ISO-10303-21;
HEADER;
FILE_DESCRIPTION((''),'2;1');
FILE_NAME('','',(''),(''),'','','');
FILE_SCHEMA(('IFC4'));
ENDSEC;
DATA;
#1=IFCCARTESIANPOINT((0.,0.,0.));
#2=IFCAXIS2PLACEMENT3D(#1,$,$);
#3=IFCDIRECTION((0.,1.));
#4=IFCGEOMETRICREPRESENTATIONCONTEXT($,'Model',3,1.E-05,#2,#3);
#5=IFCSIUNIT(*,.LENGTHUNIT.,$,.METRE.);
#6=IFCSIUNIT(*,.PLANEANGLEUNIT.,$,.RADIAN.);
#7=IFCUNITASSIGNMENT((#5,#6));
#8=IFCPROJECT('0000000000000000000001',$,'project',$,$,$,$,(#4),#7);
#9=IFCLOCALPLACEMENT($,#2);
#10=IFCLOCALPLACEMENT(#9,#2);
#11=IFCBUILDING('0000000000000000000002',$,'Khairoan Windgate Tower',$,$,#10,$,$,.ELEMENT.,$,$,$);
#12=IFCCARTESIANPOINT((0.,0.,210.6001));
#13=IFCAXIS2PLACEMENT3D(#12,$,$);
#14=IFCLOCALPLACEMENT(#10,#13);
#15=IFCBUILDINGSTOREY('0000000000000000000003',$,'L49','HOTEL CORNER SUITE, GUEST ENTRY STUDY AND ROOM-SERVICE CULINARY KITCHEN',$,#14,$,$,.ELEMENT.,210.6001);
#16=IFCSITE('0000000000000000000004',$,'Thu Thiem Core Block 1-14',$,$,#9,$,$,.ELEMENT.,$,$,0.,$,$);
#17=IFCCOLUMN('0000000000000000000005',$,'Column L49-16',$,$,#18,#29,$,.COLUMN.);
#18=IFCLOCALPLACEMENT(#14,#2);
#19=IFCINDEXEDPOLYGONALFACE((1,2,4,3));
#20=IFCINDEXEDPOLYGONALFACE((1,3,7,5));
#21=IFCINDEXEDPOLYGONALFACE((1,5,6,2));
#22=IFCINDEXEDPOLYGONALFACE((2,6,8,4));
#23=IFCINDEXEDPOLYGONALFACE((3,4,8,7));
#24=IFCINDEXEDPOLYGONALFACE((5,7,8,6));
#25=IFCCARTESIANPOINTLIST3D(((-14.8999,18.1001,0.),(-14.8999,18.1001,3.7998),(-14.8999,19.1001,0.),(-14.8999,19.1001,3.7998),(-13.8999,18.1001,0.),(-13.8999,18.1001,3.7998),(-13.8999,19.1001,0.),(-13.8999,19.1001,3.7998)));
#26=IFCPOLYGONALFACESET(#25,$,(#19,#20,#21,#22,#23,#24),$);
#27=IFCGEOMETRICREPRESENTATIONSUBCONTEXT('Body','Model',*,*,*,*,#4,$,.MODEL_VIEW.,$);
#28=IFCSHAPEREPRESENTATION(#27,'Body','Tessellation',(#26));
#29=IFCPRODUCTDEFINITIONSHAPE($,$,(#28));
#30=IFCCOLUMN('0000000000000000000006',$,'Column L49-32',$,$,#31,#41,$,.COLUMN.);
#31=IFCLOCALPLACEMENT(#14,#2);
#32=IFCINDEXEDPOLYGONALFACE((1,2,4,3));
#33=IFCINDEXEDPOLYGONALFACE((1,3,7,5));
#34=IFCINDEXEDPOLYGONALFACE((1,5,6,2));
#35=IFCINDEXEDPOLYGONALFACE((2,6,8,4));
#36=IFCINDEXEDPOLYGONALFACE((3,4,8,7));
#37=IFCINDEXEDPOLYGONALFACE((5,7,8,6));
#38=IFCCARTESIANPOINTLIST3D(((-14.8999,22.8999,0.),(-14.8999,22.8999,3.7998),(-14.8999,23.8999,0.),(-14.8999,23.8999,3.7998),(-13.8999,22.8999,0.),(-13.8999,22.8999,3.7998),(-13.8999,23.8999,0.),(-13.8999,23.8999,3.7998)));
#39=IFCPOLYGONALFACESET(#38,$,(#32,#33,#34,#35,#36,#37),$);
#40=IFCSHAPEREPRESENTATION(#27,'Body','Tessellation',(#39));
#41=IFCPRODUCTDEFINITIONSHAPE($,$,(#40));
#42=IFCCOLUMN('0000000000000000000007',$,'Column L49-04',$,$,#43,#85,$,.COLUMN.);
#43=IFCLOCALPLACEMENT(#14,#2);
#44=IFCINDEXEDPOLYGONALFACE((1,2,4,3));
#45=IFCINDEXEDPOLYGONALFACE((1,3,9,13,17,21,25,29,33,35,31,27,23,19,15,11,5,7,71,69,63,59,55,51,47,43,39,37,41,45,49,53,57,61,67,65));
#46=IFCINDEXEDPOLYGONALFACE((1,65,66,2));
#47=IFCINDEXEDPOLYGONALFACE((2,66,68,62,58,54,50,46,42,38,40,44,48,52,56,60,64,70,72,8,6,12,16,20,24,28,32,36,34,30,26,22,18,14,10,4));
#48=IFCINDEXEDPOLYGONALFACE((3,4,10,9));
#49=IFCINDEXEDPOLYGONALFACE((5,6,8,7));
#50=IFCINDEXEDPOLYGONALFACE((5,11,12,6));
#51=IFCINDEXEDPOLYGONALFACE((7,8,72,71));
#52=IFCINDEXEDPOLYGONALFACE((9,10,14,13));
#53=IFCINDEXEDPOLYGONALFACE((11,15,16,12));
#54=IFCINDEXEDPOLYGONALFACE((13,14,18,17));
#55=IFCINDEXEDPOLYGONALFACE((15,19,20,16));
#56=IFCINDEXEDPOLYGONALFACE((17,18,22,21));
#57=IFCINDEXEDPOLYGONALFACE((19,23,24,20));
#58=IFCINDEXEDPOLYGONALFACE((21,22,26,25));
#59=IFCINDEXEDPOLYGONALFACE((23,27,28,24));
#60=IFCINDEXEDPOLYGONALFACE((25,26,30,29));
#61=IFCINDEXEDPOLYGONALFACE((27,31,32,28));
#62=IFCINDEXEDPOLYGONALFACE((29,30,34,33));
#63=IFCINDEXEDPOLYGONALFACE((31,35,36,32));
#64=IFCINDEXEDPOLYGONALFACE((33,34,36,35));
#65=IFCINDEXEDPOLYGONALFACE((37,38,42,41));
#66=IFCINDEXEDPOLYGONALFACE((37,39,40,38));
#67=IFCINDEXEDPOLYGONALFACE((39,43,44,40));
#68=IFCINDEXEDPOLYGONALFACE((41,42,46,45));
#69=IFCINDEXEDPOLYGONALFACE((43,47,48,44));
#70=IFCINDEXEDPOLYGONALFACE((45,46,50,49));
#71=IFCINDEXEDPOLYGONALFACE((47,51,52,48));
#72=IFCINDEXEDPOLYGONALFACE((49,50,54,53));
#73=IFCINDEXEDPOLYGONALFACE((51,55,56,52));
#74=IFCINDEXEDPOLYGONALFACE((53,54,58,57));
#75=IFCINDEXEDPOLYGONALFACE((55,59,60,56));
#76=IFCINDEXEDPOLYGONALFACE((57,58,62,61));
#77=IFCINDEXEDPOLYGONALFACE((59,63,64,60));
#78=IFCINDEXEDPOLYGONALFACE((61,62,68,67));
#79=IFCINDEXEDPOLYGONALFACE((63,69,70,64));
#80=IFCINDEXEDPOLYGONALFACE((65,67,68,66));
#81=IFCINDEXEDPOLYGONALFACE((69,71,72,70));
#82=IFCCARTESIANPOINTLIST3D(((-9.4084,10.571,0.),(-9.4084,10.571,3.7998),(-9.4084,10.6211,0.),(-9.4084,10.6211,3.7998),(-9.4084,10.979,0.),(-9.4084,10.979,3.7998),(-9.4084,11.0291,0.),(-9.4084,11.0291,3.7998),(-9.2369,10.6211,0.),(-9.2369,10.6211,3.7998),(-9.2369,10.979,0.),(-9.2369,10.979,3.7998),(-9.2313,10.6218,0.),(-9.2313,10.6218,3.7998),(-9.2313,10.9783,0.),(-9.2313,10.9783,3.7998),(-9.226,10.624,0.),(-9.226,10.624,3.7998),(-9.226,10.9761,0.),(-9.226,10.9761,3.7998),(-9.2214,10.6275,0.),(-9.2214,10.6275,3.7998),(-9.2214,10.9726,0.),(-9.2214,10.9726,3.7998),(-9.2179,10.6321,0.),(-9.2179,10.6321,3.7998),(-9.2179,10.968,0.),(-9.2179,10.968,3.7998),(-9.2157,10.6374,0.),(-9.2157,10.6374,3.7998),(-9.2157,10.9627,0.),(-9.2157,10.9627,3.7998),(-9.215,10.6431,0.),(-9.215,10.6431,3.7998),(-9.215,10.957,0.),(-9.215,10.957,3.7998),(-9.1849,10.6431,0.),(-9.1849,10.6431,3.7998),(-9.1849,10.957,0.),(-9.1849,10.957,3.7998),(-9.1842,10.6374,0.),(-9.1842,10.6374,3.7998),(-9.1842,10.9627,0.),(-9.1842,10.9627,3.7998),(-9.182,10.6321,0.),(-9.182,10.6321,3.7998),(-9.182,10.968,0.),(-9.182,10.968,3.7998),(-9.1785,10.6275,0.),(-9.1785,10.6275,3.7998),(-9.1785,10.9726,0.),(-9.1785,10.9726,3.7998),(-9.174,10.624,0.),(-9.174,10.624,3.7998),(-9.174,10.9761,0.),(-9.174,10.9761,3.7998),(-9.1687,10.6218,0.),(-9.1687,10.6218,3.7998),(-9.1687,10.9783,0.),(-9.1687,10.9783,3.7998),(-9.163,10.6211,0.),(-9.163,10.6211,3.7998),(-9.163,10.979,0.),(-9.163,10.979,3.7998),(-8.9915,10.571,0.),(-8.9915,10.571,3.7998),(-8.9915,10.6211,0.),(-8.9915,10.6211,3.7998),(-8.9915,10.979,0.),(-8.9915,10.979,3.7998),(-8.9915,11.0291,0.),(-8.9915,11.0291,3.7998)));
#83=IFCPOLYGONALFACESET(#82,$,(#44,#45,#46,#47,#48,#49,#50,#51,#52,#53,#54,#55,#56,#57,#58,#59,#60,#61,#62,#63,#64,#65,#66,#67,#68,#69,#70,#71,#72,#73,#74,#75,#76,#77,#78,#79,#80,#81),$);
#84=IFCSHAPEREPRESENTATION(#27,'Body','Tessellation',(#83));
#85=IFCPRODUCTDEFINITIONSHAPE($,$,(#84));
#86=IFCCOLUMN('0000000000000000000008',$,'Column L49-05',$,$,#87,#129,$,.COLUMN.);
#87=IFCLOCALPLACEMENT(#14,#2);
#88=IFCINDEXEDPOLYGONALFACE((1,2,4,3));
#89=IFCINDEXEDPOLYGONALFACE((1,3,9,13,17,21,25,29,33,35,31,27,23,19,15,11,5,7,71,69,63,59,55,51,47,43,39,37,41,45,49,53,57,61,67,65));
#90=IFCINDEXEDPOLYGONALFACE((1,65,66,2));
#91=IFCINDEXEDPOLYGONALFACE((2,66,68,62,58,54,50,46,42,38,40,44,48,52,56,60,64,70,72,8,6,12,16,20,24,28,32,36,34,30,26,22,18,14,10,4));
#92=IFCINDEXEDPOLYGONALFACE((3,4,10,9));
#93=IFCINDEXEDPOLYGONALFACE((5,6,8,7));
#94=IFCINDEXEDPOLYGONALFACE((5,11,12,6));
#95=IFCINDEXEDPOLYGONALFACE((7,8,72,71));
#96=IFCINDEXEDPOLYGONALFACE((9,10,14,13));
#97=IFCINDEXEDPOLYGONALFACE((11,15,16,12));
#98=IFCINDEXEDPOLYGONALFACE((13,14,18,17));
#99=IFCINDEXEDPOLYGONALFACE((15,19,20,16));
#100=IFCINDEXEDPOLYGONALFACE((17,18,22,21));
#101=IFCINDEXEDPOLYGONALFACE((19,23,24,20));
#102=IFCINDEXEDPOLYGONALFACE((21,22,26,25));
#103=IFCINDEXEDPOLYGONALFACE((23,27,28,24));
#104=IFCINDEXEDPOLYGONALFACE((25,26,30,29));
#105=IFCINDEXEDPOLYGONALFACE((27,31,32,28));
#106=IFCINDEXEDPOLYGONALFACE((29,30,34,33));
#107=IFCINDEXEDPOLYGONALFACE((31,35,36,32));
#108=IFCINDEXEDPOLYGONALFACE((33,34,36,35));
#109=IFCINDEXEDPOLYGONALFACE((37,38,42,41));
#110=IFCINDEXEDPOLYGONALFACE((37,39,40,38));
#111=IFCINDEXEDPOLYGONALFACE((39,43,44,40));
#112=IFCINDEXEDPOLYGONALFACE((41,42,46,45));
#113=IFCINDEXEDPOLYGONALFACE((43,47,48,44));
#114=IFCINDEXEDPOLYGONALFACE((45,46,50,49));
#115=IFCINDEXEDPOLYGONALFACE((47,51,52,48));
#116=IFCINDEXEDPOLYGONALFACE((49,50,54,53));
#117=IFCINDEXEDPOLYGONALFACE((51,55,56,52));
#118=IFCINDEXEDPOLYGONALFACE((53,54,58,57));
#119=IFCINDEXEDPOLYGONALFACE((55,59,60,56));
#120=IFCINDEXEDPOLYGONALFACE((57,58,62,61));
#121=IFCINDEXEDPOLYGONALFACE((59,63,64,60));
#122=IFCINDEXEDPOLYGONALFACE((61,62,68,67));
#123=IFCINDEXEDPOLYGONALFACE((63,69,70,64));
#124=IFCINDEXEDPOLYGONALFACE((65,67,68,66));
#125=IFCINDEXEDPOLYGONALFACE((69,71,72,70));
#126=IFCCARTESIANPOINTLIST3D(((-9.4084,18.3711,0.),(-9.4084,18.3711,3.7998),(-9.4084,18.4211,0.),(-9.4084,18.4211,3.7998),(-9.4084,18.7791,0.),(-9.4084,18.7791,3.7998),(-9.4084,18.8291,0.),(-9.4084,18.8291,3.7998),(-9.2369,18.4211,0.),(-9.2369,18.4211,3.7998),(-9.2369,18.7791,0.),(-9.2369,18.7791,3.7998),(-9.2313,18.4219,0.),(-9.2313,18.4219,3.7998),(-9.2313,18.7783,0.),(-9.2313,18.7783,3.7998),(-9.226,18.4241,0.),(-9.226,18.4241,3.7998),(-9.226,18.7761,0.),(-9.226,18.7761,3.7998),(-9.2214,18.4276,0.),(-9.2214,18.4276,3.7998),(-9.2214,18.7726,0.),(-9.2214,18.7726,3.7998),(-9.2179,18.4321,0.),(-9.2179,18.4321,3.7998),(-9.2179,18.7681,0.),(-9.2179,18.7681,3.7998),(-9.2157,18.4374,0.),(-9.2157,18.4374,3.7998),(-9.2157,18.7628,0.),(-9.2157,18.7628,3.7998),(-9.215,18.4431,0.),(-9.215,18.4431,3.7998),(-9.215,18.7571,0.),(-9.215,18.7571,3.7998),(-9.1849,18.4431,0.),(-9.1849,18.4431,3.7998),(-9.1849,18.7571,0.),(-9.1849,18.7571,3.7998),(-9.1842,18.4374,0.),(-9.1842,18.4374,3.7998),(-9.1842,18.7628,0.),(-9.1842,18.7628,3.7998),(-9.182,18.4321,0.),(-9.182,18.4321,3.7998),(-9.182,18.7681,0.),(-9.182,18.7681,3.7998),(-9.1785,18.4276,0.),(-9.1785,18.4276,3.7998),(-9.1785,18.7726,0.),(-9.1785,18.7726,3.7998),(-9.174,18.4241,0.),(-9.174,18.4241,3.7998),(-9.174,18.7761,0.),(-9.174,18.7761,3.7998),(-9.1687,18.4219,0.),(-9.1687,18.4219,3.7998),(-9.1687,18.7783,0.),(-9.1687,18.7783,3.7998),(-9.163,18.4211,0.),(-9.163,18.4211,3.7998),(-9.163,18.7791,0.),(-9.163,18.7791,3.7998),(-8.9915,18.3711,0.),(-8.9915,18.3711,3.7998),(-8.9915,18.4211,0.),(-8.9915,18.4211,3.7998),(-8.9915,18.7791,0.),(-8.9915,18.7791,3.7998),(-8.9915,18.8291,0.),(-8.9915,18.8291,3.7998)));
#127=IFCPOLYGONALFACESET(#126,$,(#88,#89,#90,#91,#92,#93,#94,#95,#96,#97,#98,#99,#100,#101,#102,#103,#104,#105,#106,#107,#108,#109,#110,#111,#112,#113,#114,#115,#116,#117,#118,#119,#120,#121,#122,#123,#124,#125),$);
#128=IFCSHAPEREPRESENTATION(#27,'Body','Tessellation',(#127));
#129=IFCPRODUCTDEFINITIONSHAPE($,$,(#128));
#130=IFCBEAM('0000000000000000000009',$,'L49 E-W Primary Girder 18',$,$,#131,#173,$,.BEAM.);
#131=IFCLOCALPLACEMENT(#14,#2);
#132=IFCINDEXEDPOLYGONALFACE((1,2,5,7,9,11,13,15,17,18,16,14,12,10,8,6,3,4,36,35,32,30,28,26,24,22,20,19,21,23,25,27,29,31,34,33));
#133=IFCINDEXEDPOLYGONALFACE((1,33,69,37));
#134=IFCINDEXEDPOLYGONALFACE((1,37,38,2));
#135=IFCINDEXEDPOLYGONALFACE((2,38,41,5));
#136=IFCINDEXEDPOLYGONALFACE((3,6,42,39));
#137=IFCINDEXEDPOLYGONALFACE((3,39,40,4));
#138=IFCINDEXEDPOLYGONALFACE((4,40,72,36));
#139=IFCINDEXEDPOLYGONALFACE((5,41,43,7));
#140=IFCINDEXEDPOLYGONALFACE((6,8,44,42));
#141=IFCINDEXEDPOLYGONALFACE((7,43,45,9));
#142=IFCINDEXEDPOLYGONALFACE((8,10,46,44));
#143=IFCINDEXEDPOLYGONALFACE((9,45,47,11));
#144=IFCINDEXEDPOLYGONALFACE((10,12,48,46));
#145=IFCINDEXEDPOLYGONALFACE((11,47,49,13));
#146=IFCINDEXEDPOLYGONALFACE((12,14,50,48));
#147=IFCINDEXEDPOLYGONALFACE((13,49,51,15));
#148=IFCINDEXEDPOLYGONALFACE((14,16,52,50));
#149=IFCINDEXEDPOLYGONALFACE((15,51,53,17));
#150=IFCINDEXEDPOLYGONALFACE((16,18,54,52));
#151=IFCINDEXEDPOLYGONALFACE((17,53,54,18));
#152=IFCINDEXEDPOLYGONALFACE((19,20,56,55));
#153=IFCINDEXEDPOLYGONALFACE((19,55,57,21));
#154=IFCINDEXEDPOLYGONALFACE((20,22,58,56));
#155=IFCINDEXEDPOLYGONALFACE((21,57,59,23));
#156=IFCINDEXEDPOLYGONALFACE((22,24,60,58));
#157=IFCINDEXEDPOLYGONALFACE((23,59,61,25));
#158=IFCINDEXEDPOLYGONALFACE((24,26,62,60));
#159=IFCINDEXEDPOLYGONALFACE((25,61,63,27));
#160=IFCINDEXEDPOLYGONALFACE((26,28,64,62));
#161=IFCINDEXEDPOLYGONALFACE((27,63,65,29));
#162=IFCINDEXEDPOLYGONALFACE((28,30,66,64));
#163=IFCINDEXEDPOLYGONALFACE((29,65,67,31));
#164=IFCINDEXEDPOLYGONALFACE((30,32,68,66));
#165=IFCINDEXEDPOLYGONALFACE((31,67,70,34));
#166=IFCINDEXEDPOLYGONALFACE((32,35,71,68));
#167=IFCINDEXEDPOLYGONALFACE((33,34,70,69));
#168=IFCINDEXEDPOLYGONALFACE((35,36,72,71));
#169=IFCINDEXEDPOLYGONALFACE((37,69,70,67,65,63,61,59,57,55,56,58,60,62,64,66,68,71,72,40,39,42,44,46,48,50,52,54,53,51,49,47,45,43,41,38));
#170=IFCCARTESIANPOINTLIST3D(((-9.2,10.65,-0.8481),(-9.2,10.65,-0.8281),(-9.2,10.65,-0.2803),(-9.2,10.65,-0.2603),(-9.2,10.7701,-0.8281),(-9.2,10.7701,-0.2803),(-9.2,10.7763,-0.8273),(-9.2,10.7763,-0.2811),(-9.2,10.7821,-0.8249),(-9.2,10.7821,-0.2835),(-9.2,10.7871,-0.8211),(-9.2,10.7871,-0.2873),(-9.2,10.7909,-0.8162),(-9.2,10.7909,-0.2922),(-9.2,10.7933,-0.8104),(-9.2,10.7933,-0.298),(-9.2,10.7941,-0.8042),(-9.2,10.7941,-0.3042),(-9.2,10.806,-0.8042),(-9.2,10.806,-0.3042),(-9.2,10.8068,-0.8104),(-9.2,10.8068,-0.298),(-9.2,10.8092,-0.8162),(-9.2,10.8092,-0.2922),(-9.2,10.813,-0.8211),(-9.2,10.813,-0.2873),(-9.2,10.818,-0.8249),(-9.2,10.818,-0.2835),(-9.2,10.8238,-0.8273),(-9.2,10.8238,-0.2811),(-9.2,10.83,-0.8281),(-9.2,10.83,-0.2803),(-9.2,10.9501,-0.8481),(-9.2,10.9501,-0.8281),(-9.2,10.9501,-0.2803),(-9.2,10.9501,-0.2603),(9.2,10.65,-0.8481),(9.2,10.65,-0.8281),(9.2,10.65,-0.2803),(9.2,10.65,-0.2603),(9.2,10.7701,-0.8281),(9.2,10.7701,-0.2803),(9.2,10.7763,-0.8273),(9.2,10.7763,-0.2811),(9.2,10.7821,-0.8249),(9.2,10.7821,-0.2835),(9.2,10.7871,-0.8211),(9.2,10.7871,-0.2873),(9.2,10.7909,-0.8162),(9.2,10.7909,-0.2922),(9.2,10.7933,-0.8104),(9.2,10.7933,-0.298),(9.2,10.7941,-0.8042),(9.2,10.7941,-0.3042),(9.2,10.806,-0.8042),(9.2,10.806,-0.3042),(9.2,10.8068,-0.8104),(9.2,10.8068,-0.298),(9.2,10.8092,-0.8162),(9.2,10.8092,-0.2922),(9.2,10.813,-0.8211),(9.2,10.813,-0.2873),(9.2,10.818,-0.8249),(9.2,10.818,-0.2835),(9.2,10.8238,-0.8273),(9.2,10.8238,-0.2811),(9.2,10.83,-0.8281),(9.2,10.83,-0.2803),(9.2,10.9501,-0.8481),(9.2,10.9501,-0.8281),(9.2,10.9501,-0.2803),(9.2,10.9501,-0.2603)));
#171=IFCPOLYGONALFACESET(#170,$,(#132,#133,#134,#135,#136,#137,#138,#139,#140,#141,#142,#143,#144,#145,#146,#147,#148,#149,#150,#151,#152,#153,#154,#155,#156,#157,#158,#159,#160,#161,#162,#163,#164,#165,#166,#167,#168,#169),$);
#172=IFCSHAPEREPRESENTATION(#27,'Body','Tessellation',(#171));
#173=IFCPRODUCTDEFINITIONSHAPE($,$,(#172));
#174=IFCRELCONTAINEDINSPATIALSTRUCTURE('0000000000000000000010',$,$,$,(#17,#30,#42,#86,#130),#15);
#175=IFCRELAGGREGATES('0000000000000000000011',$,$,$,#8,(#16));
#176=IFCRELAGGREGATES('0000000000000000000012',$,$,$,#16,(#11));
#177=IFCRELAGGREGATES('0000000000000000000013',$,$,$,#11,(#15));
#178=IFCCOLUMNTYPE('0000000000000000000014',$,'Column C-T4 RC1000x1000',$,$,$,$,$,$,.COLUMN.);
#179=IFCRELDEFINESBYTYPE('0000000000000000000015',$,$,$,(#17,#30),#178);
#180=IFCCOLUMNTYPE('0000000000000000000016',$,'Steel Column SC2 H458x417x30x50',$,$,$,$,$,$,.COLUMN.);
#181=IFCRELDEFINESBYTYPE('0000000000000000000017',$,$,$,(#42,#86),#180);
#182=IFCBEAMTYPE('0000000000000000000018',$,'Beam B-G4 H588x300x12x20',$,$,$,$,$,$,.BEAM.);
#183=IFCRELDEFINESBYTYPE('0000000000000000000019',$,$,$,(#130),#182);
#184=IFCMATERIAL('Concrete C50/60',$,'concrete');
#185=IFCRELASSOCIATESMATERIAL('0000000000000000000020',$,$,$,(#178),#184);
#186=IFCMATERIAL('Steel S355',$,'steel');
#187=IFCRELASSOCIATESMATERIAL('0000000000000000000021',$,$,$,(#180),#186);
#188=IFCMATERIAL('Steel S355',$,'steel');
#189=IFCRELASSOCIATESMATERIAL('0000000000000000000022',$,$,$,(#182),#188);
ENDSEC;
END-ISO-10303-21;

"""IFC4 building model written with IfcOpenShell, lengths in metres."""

from ifc_helpers import new_model, si_unit, direction, frame, origin, origin_2d, place, context, subcontext, project, spatial, rectangle, i_section, extrude, material, material_profile, profile_set, type_object, element, save


model = new_model("IFC4")

# Units and contexts
model_context = context("Model", 3, precision=1e-05, world=origin(), true_north=direction((0.0, 1.0)))
body_context = subcontext(model_context, "Body", "Model", "MODEL_VIEW")
ifc_project = project(units=[si_unit("LENGTHUNIT", "METRE"), si_unit("PLANEANGLEUNIT", "RADIAN")], contexts=[model_context])

# Site, building, storey
site_placement = place(None, origin())
site = spatial("IfcSite", under=ifc_project, at=site_placement, Name="Thu Thiem Core Block 1-14", CompositionType="ELEMENT", RefElevation=0.0)
building_placement = place(site_placement, origin())
building = spatial("IfcBuilding", under=site, at=building_placement, Name="Khairoan Windgate Tower", CompositionType="ELEMENT")
storey_placement = place(building_placement, frame((0.0, 0.0, 210.6001)))
storey = spatial("IfcBuildingStorey", under=building, at=storey_placement, Name="L49", Description="HOTEL CORNER SUITE, GUEST ENTRY STUDY AND ROOM-SERVICE CULINARY KITCHEN", CompositionType="ELEMENT", Elevation=210.6001)

# Columns
ifc_material_1 = material(Name="Concrete C50/60", Category="concrete")
ifc_material_profile_1 = material_profile(ifc_material_1, rectangle(XDim=1.0, YDim=1.0, at=origin_2d()))
ifc_profile_set_1 = profile_set([ifc_material_profile_1], Name="Concrete C50/60")
column_type_1 = type_object("IfcColumnType", Name="Column C-T4 RC1000x1000", PredefinedType="COLUMN", material=ifc_profile_set_1)
for number, where, z_axis, x_axis, name in (
    (1, (-14.3999, 18.6001, 0.0), (0.0, 0.0, 1.0), (1.0, 0.0, 0.0), "Column L49-16"),
    (2, (-14.3999, 23.3999, 0.0), (0.0, 0.0, 1.0), (1.0, 0.0, 0.0), "Column L49-32"),
):
    element("IfcColumn", number, at=place(storey_placement, frame(where, z_axis=z_axis, x_axis=x_axis)), inside=storey, type_object=column_type_1, Name=name, PredefinedType="COLUMN", context=body_context, shape_type="SweptSolid", body=[
        extrude(rectangle(XDim=1.0, YDim=1.0, at=origin_2d()), origin(), (0.0, 0.0, 1.0), 3.7998),
    ])
ifc_material_2 = material(Name="Steel S355", Category="steel")
ifc_material_profile_2 = material_profile(ifc_material_2, i_section(OverallWidth=0.417, OverallDepth=0.458, WebThickness=0.03, FlangeThickness=0.05, FilletRadius=0.022, at=origin_2d()))
ifc_profile_set_2 = profile_set([ifc_material_profile_2], Name="Steel S355")
column_type_2 = type_object("IfcColumnType", Name="Steel Column SC2 H458x417x30x50", PredefinedType="COLUMN", material=ifc_profile_set_2)
for number, where, z_axis, x_axis, name in (
    (3, (-9.2, 10.8, 0.0), (0.0, 0.0, 1.0), (1.0, 0.0, 0.0), "Column L49-04"),
    (4, (-9.2, 18.6001, 0.0), (0.0, 0.0, 1.0), (1.0, 0.0, 0.0), "Column L49-05"),
):
    element("IfcColumn", number, at=place(storey_placement, frame(where, z_axis=z_axis, x_axis=x_axis)), inside=storey, type_object=column_type_2, Name=name, PredefinedType="COLUMN", context=body_context, shape_type="SweptSolid", body=[
        extrude(i_section(OverallWidth=0.417, OverallDepth=0.458, WebThickness=0.03, FlangeThickness=0.05, FilletRadius=0.022, at=origin_2d()), origin(), (0.0, 0.0, 1.0), 3.7998),
    ])

# Beam
ifc_material_3 = material(Name="Steel S355", Category="steel")
ifc_material_profile_3 = material_profile(ifc_material_3, i_section(OverallWidth=0.3, OverallDepth=0.5879, WebThickness=0.012, FlangeThickness=0.02, FilletRadius=0.0239, at=origin_2d()))
ifc_profile_set_3 = profile_set([ifc_material_profile_3], Name="Steel S355")
beam_type_1 = type_object("IfcBeamType", Name="Beam B-G4 H588x300x12x20", PredefinedType="BEAM", material=ifc_profile_set_3)
beam_1_placement = place(storey_placement, frame((-9.2, 10.8, -0.5542), z_axis=(1.0, 0.0, 0.0), x_axis=(0.0, 1.0, 0.0)))
element("IfcBeam", 5, at=beam_1_placement, inside=storey, type_object=beam_type_1, Name="L49 E-W Primary Girder 18", PredefinedType="BEAM", context=body_context, shape_type="SweptSolid", body=[
    extrude(i_section(OverallWidth=0.3, OverallDepth=0.5879, WebThickness=0.012, FlangeThickness=0.02, FilletRadius=0.0239, at=origin_2d()), origin(), (0.0, 0.0, 1.0), 18.3999),
])

save(model, "model.ifc")
